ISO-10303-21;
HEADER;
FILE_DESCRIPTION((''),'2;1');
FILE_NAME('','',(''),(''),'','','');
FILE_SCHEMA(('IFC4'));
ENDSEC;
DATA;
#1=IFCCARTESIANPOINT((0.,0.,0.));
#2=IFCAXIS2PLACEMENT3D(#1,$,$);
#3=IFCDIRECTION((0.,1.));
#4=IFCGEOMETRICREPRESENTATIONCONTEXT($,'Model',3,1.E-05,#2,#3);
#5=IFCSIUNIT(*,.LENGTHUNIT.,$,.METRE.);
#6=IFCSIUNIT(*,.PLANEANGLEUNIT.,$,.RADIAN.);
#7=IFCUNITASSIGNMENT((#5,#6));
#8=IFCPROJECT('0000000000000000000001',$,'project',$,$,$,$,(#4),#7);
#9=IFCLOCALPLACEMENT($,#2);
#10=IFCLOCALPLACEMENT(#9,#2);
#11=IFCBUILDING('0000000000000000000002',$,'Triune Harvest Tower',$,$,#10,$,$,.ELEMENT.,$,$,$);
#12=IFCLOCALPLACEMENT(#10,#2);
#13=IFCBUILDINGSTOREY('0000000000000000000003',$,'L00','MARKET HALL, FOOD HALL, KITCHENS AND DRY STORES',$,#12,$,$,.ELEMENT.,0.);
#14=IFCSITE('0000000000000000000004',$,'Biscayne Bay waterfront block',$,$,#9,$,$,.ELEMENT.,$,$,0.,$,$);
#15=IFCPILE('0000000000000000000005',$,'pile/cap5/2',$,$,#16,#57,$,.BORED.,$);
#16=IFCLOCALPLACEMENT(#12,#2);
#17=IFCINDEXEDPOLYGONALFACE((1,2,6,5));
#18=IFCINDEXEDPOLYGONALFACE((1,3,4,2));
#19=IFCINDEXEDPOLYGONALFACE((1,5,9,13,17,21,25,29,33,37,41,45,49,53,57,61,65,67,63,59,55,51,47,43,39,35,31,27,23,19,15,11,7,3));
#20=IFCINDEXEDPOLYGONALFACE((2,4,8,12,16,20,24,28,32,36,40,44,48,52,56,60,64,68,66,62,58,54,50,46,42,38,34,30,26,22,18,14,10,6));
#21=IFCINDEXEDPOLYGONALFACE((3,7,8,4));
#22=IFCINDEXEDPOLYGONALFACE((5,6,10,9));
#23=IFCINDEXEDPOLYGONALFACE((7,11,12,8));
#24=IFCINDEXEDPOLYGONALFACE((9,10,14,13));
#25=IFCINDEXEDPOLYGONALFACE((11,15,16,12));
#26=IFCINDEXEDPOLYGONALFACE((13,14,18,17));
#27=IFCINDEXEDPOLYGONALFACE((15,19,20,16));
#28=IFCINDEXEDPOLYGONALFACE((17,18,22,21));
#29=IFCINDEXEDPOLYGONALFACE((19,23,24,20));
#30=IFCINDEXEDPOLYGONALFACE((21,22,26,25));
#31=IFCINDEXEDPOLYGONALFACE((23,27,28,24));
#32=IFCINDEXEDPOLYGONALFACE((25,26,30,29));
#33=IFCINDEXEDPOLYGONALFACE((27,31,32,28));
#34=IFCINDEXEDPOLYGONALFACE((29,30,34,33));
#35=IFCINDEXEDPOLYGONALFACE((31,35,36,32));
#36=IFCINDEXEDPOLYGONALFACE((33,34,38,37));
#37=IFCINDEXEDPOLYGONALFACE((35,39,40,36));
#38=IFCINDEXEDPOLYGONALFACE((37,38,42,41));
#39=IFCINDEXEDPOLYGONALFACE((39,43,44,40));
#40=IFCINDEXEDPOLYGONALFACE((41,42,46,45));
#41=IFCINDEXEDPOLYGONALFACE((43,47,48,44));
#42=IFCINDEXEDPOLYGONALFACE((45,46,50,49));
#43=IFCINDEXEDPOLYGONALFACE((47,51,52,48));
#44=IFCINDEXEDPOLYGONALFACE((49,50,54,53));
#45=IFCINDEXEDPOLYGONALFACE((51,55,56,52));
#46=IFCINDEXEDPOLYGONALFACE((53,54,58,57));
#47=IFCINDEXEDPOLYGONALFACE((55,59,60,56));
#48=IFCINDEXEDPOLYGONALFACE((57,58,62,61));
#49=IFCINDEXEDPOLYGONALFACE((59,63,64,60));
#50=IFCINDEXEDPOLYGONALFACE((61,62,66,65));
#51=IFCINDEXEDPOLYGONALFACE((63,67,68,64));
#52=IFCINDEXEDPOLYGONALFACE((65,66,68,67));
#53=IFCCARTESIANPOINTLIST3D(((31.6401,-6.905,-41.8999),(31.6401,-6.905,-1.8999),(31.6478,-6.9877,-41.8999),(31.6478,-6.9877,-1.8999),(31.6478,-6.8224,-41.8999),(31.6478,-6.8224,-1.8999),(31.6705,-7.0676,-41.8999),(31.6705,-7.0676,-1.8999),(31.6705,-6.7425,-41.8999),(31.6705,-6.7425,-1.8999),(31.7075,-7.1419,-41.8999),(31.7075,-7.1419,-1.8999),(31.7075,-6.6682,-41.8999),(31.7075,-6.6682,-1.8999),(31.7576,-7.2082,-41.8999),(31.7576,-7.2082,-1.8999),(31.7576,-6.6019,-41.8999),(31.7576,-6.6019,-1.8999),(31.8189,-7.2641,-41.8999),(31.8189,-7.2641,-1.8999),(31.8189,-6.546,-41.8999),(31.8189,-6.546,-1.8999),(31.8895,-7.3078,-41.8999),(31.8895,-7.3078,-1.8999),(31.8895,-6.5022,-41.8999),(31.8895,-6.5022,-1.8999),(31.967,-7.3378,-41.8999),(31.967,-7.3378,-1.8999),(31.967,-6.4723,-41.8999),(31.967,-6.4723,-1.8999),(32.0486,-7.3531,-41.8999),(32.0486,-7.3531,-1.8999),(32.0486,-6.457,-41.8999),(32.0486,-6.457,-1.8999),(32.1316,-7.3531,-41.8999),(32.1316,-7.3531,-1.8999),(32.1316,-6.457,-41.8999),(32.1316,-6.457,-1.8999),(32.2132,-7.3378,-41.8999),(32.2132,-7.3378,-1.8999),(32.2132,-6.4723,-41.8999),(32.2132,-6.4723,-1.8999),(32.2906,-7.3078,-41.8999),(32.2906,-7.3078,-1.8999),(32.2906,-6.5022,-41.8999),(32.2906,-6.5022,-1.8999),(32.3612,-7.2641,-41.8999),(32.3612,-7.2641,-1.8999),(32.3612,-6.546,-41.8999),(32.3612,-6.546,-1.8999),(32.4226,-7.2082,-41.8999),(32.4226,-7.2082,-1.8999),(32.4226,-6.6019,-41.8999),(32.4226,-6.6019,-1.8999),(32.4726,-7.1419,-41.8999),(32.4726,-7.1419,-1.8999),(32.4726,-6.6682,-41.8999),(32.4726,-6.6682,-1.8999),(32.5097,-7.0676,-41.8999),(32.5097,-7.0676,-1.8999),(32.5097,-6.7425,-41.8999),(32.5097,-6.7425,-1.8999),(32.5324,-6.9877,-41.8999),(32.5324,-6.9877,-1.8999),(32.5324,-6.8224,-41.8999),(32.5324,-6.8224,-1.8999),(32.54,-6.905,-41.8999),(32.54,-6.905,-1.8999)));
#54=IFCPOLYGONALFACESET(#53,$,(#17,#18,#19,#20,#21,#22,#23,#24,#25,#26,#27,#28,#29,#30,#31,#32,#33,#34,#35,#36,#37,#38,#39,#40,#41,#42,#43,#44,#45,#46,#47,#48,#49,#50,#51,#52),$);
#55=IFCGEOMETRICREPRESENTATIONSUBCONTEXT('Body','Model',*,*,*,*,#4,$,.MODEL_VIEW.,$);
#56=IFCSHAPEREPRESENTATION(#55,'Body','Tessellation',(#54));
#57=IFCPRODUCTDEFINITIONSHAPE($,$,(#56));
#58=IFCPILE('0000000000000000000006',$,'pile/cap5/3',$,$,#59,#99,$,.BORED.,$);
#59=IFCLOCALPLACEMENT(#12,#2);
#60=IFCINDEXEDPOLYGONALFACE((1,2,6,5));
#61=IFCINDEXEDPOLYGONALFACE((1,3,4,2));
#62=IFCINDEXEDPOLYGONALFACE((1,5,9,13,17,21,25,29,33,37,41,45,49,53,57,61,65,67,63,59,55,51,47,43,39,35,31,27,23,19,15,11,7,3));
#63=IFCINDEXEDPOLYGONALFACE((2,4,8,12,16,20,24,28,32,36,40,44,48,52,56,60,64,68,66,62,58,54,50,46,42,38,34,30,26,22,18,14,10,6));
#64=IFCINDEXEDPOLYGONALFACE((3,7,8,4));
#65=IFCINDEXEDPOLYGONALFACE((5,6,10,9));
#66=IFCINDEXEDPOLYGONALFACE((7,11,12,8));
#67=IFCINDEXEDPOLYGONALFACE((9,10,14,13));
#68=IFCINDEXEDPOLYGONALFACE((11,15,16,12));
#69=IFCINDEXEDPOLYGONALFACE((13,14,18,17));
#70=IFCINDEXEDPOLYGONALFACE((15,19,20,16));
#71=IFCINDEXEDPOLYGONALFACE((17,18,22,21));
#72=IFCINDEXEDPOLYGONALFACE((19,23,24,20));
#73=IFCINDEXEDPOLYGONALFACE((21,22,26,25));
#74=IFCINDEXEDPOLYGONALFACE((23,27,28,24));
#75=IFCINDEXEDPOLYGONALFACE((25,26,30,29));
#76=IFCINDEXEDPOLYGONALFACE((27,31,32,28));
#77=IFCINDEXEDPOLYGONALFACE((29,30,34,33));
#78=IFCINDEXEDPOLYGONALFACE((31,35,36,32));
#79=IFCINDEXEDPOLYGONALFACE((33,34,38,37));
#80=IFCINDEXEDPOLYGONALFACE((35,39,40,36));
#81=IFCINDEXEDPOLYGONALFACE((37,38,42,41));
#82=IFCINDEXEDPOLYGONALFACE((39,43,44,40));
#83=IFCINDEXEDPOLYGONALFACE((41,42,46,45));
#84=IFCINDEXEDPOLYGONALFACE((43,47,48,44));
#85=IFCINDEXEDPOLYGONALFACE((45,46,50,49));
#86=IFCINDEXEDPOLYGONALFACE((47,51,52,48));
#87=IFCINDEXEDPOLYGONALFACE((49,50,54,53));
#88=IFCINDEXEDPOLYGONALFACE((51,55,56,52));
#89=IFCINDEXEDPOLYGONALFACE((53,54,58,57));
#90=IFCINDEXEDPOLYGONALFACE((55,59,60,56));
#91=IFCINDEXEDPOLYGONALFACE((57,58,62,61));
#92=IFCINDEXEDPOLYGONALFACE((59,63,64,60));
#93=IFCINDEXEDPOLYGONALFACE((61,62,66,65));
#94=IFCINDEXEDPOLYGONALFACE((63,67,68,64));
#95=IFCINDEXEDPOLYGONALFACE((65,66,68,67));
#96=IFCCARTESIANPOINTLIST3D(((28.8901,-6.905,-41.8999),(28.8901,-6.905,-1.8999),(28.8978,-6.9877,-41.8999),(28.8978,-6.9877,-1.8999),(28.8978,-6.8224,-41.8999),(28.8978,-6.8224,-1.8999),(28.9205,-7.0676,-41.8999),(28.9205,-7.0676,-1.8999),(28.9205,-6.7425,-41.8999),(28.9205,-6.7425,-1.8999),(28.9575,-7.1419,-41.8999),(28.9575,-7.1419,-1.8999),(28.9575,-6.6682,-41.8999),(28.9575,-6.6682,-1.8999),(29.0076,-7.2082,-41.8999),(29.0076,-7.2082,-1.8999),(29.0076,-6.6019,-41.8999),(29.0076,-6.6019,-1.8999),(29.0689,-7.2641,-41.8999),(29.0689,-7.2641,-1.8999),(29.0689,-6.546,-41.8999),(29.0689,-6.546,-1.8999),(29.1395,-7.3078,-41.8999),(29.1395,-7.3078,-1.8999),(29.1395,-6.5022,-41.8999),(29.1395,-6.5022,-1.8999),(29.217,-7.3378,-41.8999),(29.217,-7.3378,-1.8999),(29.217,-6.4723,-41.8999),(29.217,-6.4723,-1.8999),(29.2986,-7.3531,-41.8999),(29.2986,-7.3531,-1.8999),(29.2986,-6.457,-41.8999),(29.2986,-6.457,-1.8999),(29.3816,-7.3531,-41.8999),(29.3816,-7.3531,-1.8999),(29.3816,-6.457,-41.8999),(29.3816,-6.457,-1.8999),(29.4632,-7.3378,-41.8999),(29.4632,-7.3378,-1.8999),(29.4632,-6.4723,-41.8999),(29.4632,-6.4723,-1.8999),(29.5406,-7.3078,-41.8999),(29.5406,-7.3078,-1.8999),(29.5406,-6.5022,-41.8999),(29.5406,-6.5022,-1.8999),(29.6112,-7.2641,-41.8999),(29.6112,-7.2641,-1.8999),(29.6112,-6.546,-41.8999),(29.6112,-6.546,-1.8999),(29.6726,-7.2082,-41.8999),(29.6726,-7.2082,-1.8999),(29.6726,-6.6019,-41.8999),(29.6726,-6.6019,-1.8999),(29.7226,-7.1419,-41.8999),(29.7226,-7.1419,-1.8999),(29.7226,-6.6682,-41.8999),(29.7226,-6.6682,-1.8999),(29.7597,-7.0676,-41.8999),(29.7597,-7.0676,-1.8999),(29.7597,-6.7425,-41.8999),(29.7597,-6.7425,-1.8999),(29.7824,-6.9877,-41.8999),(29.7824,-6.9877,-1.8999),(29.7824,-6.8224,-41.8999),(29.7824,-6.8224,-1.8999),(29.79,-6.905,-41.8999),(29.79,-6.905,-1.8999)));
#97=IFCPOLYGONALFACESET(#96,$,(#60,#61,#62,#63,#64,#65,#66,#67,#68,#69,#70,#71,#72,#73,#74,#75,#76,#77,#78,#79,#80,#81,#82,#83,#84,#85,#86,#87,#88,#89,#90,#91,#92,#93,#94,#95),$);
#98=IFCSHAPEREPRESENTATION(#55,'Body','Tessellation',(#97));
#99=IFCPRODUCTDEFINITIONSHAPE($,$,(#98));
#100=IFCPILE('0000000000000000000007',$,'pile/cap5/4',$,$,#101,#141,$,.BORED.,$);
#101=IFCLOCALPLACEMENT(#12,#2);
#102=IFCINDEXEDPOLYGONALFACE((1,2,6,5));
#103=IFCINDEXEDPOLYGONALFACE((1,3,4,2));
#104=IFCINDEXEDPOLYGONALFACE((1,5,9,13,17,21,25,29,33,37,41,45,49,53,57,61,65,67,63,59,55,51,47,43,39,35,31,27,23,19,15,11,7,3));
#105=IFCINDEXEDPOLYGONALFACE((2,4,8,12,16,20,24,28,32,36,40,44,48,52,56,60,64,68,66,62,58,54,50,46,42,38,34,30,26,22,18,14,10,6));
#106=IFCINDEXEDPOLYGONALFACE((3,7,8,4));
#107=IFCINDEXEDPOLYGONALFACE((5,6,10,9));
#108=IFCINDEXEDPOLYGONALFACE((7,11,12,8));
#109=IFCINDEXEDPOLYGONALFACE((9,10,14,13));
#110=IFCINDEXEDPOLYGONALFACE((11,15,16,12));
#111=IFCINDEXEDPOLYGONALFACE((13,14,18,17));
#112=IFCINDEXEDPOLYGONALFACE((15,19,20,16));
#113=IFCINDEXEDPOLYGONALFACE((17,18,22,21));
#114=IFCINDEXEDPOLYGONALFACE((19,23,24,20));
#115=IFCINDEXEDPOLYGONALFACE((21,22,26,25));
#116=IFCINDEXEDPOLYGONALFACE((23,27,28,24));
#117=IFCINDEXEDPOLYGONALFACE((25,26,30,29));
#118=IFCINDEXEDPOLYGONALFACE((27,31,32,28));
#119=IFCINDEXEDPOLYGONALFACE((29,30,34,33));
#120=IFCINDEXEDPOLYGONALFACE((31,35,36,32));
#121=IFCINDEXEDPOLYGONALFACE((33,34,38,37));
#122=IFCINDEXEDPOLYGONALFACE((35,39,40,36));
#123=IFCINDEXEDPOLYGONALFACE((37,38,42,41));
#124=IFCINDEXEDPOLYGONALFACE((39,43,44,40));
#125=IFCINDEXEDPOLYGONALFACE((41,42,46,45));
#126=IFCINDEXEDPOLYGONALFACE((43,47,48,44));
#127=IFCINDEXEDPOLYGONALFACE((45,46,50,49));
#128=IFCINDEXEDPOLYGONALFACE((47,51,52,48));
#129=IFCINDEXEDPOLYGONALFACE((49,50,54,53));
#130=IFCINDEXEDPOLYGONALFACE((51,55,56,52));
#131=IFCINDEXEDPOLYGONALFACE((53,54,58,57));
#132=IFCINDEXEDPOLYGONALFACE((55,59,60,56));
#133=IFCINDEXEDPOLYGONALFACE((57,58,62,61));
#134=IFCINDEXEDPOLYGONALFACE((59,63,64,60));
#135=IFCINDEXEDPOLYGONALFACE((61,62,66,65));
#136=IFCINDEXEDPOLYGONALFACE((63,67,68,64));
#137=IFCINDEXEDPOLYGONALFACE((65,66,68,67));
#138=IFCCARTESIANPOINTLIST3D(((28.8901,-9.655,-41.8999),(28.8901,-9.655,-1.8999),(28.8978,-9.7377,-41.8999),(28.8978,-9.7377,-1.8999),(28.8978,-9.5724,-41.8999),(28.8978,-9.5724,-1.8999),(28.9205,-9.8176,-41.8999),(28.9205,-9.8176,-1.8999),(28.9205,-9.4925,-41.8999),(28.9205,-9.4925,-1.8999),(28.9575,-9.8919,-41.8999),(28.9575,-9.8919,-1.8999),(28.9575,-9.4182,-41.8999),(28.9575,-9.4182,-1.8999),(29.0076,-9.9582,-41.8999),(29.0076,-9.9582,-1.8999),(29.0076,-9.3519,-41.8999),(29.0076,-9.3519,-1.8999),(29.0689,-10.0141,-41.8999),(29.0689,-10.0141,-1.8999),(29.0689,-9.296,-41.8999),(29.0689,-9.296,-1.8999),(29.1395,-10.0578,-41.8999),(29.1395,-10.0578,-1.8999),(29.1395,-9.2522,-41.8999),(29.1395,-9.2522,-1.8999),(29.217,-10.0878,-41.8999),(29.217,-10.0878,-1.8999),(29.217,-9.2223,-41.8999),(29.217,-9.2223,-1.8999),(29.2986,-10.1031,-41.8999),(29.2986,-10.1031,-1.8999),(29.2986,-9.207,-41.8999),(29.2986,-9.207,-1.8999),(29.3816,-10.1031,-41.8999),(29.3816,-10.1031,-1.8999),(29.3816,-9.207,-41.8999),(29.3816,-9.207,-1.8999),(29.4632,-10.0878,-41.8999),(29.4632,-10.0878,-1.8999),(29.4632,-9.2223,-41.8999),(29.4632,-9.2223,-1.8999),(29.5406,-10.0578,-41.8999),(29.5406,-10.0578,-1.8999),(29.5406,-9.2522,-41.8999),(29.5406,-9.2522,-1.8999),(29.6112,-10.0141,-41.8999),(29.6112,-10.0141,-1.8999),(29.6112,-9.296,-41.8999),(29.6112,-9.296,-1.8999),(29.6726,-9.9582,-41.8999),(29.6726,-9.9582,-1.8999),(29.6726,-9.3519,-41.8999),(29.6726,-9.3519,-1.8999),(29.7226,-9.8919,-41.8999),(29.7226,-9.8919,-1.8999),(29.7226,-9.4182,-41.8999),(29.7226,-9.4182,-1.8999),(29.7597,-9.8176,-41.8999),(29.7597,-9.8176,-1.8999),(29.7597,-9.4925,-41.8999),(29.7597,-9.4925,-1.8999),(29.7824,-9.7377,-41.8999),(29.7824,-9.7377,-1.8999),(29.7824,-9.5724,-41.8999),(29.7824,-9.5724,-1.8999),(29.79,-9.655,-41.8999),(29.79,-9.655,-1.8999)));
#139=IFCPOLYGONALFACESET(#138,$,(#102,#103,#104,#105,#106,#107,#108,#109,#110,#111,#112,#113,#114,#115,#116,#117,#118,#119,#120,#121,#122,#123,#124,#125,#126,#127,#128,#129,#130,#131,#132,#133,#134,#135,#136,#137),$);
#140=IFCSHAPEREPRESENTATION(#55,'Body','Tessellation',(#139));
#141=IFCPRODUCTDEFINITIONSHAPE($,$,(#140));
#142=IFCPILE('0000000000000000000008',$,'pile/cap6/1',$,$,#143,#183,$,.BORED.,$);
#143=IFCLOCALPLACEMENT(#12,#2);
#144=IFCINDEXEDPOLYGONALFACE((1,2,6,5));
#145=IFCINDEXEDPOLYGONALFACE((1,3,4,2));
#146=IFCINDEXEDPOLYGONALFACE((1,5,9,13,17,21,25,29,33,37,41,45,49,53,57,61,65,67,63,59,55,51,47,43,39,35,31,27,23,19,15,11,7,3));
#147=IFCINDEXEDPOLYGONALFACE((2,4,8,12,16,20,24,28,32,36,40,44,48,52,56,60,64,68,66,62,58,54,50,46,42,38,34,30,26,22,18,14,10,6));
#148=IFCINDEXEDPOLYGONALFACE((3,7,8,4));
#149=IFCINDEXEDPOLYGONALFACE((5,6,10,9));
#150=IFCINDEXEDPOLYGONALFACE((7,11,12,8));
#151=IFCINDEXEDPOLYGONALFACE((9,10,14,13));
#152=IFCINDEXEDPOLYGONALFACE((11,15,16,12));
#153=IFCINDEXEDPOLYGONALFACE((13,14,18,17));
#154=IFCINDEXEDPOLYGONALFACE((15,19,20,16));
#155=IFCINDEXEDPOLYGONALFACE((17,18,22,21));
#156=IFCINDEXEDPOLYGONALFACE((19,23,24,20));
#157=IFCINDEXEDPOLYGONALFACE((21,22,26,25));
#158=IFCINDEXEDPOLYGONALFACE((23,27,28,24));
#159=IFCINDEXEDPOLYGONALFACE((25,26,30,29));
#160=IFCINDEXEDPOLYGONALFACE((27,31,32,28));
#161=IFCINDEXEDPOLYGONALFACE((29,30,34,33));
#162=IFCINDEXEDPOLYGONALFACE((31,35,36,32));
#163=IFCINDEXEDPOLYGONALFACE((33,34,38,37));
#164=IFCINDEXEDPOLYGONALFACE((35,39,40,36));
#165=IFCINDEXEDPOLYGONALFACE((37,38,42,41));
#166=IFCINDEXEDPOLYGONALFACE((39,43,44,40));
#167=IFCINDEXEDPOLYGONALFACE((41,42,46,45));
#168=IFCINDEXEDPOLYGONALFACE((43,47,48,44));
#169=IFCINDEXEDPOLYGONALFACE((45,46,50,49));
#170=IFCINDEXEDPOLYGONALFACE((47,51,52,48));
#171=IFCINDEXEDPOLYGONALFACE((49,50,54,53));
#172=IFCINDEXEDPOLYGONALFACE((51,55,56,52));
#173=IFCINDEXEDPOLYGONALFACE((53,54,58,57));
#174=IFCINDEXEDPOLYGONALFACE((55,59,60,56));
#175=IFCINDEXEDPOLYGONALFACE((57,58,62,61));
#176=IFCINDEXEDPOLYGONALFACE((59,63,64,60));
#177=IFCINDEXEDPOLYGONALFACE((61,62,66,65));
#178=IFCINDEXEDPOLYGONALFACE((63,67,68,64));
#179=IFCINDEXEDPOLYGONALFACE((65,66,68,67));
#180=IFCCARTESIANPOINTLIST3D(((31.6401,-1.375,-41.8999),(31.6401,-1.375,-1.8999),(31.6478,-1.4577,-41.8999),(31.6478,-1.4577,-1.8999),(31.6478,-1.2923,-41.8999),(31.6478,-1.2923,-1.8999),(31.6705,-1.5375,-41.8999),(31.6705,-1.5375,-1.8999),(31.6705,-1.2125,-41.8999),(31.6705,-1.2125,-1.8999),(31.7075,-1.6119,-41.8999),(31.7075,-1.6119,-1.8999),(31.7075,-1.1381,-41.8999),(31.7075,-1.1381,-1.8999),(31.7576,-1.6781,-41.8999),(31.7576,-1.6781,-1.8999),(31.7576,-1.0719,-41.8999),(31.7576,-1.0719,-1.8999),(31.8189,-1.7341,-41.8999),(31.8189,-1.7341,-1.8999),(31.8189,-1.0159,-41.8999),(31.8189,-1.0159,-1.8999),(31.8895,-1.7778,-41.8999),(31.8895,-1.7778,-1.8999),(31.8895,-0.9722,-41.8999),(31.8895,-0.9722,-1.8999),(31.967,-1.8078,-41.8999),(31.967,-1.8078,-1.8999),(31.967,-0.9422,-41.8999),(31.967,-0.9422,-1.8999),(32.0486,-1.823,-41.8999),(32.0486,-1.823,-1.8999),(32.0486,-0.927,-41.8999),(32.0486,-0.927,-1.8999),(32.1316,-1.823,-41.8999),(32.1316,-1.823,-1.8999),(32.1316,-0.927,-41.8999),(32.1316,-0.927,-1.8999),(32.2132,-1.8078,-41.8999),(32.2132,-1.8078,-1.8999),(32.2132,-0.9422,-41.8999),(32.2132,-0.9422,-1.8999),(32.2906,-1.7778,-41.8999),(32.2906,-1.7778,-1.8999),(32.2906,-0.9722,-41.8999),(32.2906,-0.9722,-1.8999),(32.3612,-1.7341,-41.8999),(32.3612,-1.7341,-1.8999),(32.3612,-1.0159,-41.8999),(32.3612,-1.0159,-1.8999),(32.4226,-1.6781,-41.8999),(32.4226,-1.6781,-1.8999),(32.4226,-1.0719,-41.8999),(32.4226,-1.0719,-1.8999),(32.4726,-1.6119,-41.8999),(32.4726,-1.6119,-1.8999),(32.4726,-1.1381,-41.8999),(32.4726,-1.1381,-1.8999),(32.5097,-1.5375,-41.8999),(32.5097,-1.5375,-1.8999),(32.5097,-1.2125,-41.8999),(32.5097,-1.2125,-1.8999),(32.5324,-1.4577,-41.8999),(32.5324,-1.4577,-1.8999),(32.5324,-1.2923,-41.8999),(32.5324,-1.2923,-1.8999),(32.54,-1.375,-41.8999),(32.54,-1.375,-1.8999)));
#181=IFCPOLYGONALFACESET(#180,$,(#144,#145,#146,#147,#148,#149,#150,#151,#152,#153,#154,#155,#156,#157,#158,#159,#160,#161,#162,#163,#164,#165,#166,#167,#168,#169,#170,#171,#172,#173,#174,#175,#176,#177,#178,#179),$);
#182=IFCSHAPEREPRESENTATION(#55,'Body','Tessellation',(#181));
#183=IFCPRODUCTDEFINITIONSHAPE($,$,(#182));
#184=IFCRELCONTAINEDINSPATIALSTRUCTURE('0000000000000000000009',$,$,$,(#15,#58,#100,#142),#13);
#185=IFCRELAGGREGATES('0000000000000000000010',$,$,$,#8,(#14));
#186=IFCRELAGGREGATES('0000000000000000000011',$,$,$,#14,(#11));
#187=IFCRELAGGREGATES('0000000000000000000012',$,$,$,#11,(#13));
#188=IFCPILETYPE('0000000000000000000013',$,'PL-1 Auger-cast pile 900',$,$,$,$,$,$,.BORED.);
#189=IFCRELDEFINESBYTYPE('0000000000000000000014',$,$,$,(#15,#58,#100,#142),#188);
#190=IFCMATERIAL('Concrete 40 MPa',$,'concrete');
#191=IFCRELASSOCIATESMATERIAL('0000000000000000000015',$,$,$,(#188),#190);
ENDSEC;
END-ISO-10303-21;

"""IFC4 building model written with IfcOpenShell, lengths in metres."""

from ifc_helpers import new_model, si_unit, direction, frame, origin, origin_2d, place, context, subcontext, project, spatial, circle, extrude, source, transform, mapped, material, material_profile, profile_set, type_object, element, save


model = new_model("IFC4")

# Units and contexts
model_context = context("Model", 3, precision=1e-05, world=origin(), true_north=direction((0.0, 1.0)))
body_context = subcontext(model_context, "Body", "Model", "MODEL_VIEW")
ifc_project = project(units=[si_unit("LENGTHUNIT", "METRE"), si_unit("PLANEANGLEUNIT", "RADIAN")], contexts=[model_context])

# Site, building, storey
site_placement = place(None, origin())
site = spatial("IfcSite", under=ifc_project, at=site_placement, Name="Biscayne Bay waterfront block", CompositionType="ELEMENT", RefElevation=0.0)
building_placement = place(site_placement, origin())
building = spatial("IfcBuilding", under=site, at=building_placement, Name="Triune Harvest Tower", CompositionType="ELEMENT")
storey_placement = place(building_placement, origin())
storey = spatial("IfcBuildingStorey", under=building, at=storey_placement, Name="L00", Description="MARKET HALL, FOOD HALL, KITCHENS AND DRY STORES", CompositionType="ELEMENT", Elevation=0.0)

# Piles
ifc_material_1 = material(Name="Concrete 40 MPa", Category="concrete")
ifc_material_profile_1 = material_profile(ifc_material_1, circle(Radius=0.45, at=origin_2d()), Name="Bored 900")
ifc_profile_set_1 = profile_set([ifc_material_profile_1], Name="Concrete 40 MPa")
pile_type = type_object("IfcPileType", Name="PL-1 Auger-cast pile 900", PredefinedType="BORED", material=ifc_profile_set_1)
shared_shape_1 = source(origin(), body_context, "Body", "SweptSolid", [
    extrude(circle(Radius=0.45, at=origin_2d()), origin(), (0.0, 0.0, 1.0), 40.0),
])
for number, where, z_axis, x_axis, name in (
    (1, (32.0901, -6.905, -1.8999), (0.0, 0.0, -1.0), (1.0, 0.0, 0.0), "pile/cap5/2"),
    (2, (29.3401, -6.905, -1.8999), (0.0, 0.0, -1.0), (1.0, 0.0, 0.0), "pile/cap5/3"),
    (3, (29.3401, -9.655, -1.8999), (0.0, 0.0, -1.0), (1.0, 0.0, 0.0), "pile/cap5/4"),
    (4, (32.0901, -1.375, -1.8999), (0.0, 0.0, -1.0), (1.0, 0.0, 0.0), "pile/cap6/1"),
):
    element("IfcPile", number, at=place(storey_placement, frame(where, z_axis=z_axis, x_axis=x_axis)), inside=storey, type_object=pile_type, Name=name, PredefinedType="BORED", context=body_context, shape_type="MappedRepresentation", body=[
        mapped(shared_shape_1, transform((0.0, 0.0, 0.0), scale=1.0)),
    ])

save(model, "model.ifc")
